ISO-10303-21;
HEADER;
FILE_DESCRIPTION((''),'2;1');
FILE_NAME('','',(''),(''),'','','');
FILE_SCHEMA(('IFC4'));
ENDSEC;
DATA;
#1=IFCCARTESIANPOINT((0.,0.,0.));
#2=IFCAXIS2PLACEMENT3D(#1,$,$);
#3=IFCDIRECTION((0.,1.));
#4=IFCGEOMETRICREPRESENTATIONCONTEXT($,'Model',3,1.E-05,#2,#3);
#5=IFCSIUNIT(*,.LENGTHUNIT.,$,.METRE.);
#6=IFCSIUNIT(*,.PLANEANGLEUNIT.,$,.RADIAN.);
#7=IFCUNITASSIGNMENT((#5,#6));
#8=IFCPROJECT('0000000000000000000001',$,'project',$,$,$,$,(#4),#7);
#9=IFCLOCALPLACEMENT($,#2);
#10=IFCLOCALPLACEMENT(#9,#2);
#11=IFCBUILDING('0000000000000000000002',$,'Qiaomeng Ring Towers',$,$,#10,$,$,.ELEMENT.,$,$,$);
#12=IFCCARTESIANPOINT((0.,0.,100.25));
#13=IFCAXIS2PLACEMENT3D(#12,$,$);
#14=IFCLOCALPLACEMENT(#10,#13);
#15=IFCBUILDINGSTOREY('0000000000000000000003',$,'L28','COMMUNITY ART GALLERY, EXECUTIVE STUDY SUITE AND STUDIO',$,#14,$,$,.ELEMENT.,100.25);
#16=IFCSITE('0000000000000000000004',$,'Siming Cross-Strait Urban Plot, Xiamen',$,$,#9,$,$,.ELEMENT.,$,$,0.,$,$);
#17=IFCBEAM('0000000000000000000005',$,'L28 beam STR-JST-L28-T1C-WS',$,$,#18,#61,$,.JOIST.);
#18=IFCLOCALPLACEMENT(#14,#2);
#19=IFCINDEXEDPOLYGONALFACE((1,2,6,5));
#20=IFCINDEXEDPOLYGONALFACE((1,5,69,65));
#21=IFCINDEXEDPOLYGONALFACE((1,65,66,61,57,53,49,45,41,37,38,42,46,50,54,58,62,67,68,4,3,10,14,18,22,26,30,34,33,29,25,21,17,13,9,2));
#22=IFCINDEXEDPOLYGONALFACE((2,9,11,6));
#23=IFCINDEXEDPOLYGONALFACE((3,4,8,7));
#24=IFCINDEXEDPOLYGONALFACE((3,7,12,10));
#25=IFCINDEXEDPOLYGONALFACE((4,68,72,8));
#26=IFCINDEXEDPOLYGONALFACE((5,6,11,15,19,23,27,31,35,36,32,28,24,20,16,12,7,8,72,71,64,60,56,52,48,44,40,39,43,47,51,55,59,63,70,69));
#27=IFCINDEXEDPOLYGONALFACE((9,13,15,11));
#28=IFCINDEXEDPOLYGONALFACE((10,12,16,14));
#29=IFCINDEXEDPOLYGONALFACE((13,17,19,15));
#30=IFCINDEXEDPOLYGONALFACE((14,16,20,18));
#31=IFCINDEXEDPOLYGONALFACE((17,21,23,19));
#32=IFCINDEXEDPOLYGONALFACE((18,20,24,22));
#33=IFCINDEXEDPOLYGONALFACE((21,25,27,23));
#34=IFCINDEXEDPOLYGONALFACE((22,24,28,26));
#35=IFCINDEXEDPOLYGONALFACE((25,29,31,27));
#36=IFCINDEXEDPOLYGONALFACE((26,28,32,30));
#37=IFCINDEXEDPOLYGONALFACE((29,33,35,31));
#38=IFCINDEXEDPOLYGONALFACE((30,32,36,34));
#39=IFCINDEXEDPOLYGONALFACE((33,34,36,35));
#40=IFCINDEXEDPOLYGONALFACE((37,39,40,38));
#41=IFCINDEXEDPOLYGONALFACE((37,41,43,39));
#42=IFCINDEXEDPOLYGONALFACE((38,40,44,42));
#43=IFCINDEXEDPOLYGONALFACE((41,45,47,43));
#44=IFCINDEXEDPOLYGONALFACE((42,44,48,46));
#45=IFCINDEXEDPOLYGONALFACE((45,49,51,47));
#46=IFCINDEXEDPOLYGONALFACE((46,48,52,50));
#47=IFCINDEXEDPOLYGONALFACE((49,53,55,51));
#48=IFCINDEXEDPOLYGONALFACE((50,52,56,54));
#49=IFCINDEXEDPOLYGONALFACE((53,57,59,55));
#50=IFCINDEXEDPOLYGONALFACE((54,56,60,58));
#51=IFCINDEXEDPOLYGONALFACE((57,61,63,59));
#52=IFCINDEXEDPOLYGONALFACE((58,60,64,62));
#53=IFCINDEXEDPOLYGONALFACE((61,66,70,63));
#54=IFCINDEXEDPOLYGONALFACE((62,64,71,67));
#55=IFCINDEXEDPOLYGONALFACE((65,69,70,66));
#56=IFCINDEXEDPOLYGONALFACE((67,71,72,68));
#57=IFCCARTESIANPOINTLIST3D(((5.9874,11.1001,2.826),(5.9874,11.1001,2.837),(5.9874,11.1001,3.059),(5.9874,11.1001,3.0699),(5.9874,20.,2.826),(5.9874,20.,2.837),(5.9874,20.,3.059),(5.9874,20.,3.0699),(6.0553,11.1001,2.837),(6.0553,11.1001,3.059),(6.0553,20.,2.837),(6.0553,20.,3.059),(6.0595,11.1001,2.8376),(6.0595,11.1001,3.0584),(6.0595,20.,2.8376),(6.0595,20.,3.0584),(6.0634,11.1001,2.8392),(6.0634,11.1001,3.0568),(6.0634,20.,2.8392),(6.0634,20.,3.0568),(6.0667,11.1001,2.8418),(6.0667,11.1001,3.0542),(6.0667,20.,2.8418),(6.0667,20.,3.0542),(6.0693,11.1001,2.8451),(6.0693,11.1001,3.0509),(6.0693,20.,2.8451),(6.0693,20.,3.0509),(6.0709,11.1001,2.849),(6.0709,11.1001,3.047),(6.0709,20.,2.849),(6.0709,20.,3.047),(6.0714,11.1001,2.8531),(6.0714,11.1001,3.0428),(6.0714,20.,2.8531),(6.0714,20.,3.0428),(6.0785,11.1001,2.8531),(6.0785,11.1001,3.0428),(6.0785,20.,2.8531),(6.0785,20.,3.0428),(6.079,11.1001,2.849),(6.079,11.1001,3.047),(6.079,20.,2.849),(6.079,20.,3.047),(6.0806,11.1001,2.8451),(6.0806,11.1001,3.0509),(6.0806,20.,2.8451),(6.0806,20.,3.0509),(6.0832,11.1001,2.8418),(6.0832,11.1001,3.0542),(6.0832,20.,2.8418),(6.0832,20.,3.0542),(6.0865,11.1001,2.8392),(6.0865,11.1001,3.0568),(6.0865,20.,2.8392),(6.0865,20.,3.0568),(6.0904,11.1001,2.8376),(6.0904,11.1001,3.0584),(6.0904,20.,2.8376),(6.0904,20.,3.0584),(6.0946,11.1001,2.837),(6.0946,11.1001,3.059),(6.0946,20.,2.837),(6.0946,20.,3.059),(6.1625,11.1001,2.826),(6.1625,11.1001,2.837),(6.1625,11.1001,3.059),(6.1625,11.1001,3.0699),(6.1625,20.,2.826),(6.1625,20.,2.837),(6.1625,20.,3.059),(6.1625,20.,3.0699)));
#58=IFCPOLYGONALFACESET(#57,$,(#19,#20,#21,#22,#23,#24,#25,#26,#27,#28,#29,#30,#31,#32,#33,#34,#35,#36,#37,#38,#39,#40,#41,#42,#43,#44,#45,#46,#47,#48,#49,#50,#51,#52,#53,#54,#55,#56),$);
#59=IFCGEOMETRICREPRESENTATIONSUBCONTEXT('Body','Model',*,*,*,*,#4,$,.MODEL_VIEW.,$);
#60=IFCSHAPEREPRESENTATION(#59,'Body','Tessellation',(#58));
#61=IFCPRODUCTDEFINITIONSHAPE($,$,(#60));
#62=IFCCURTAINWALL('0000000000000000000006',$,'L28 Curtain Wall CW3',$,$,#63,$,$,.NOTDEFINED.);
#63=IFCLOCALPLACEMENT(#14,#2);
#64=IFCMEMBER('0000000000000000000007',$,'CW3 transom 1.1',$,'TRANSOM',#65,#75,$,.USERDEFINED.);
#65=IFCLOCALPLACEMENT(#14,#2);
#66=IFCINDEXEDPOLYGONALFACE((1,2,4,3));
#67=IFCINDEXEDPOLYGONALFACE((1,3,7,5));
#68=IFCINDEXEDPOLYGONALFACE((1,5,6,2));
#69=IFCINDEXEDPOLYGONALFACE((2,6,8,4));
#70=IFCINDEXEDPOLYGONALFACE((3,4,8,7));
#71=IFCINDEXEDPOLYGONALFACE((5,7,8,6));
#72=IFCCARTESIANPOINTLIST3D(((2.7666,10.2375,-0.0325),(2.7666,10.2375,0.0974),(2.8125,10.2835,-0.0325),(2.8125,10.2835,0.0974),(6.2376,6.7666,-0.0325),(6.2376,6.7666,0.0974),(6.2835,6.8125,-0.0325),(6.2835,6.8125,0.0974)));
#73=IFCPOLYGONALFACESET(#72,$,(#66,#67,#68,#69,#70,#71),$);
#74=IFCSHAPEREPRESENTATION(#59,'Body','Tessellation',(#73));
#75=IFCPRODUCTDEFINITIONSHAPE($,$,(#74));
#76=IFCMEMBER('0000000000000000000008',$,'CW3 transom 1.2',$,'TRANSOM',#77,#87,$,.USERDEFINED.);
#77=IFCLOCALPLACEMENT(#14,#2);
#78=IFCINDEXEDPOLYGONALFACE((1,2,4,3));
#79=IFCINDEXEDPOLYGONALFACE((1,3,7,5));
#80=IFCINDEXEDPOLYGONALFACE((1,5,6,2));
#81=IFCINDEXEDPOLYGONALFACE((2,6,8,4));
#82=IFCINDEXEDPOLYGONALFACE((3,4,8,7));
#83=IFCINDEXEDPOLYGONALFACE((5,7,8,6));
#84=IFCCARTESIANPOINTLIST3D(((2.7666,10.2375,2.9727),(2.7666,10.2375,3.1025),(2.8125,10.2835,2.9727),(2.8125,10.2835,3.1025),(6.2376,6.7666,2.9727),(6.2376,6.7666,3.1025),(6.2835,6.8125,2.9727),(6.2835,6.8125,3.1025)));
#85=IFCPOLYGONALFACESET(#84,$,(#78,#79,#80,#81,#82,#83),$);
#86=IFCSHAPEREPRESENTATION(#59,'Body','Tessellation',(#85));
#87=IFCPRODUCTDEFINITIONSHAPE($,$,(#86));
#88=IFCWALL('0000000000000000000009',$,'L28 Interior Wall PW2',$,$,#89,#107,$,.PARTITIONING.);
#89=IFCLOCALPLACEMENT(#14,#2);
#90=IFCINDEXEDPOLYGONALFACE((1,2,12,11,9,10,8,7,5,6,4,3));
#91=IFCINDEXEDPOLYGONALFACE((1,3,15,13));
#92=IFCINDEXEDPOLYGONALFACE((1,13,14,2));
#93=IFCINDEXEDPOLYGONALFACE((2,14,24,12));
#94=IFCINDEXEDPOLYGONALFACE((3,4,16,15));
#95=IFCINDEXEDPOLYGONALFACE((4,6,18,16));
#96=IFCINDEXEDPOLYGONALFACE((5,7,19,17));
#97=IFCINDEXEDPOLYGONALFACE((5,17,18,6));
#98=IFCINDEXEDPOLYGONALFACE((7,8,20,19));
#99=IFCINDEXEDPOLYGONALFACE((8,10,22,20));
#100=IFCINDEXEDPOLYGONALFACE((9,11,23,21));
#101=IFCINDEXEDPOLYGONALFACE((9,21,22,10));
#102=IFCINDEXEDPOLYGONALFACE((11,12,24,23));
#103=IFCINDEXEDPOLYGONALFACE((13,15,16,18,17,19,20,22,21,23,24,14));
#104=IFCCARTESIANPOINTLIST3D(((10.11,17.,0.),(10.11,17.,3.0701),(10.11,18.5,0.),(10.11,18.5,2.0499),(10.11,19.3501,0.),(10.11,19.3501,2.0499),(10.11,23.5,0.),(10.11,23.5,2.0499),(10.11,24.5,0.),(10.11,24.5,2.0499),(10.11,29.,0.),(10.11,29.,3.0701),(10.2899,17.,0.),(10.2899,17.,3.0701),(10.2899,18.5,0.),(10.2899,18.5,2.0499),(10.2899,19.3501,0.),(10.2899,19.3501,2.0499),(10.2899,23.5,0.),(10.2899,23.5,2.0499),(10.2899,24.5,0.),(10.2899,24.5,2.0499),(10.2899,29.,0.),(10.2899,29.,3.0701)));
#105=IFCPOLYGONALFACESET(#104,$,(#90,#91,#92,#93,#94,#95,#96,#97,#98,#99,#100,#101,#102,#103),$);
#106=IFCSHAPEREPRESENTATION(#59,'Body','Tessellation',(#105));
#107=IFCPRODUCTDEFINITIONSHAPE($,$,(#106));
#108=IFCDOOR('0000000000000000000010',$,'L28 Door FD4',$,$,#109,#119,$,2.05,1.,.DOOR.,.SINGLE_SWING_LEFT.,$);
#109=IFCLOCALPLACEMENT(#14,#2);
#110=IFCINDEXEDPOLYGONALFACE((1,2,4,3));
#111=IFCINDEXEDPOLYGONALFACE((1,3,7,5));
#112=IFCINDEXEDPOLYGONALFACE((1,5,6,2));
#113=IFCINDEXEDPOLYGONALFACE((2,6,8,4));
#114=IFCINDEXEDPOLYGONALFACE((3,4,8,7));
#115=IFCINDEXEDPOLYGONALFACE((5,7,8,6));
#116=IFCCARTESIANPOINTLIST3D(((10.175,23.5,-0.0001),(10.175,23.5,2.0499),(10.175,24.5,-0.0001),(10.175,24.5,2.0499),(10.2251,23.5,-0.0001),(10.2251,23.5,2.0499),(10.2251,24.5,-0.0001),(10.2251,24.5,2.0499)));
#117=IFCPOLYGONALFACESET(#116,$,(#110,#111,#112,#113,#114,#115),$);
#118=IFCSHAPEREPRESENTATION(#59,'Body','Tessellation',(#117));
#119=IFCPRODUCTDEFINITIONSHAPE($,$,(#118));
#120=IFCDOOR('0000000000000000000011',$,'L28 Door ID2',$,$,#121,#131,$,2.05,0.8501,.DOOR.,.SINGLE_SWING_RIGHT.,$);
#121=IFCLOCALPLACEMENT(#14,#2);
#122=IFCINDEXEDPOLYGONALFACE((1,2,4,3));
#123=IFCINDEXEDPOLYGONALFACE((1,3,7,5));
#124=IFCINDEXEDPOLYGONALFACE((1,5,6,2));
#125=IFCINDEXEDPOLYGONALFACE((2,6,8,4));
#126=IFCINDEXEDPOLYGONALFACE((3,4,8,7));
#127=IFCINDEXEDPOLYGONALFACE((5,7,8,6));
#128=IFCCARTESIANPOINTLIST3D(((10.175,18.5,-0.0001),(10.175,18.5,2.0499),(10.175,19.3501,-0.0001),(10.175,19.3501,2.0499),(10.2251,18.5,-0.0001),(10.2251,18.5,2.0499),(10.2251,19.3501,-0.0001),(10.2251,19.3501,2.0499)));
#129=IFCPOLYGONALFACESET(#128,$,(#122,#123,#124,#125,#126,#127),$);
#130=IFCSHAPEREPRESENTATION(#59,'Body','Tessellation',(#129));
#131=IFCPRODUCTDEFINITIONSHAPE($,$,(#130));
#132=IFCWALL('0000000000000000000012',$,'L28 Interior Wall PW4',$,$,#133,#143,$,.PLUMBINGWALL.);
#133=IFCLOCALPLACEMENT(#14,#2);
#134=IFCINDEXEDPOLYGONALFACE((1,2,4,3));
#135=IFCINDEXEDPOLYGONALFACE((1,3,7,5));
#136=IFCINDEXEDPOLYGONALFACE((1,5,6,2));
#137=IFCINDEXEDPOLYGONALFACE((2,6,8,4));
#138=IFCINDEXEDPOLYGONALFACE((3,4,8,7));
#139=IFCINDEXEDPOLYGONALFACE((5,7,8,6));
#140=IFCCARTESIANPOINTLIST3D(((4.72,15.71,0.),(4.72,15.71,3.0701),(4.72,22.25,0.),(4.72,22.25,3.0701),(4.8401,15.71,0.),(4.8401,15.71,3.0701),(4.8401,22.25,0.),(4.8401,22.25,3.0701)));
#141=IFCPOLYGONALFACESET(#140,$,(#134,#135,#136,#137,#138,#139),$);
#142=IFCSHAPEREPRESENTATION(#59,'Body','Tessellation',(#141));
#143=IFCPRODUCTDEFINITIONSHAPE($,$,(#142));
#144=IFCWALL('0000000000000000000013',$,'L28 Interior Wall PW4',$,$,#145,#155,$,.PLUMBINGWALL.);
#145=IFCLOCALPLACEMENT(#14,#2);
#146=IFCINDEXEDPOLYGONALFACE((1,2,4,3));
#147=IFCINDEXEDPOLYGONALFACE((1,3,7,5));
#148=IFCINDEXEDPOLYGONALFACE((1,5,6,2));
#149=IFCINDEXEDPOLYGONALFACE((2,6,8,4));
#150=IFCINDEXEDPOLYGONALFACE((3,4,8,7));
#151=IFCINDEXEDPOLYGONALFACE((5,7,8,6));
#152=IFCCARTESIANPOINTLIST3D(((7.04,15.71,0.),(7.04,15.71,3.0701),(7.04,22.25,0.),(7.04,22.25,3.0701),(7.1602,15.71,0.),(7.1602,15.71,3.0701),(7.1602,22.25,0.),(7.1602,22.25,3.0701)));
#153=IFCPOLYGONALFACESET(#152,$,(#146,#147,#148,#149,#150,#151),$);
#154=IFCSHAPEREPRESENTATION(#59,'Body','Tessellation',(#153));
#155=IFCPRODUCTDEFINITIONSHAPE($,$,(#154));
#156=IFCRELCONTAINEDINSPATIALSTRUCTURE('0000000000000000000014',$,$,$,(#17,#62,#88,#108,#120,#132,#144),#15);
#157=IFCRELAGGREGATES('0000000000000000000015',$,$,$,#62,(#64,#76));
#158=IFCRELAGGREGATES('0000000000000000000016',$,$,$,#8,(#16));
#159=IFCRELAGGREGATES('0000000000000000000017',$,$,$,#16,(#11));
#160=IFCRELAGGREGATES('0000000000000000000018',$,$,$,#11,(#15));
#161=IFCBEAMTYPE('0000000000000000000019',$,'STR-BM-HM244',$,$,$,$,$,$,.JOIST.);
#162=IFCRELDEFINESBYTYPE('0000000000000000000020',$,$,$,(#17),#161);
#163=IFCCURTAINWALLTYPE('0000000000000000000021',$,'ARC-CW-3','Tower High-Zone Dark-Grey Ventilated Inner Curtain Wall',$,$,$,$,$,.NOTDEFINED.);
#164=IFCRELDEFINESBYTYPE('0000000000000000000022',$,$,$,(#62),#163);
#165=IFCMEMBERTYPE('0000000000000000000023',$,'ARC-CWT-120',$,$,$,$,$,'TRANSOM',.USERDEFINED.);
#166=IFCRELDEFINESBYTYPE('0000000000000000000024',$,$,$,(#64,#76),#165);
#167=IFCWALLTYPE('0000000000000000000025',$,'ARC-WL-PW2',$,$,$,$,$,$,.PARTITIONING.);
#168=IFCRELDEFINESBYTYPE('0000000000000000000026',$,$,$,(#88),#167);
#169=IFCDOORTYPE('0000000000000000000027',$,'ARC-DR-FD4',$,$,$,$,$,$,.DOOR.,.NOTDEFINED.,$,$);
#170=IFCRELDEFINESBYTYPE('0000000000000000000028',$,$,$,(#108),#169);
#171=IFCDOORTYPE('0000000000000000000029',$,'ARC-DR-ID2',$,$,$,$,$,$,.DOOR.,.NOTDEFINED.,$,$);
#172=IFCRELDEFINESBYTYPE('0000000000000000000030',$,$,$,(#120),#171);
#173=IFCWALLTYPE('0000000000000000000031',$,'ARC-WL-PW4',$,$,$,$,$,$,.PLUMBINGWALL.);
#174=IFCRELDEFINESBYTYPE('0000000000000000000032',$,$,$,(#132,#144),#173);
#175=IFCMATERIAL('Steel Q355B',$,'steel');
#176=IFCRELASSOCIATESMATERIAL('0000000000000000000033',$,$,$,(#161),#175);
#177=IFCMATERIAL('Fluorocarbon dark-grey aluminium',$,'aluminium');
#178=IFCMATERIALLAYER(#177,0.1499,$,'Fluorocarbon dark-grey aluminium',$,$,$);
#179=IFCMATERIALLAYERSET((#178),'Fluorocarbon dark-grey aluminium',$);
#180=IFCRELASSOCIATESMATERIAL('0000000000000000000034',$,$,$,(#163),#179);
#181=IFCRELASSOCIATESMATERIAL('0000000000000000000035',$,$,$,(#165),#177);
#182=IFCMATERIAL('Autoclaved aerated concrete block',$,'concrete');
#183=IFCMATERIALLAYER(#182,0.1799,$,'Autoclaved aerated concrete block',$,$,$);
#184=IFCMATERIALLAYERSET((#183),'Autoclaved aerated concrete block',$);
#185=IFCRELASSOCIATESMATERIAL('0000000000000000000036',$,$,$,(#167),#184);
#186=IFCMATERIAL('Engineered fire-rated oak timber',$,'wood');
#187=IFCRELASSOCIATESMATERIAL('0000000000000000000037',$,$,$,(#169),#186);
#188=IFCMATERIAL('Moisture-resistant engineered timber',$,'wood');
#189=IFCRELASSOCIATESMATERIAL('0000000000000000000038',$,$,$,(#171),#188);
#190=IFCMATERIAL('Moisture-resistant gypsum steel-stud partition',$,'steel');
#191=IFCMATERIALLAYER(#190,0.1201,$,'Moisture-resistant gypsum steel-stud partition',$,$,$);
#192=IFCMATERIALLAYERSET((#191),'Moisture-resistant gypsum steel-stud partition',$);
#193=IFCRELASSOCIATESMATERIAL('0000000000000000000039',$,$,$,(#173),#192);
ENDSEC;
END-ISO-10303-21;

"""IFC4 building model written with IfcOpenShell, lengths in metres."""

from ifc_helpers import new_model, si_unit, direction, frame, frame_2d, origin, origin_2d, place, context, subcontext, project, spatial, rectangle, i_section, extrude, source, transform, mapped, material, layer, layer_set, material_profile, profile_set, type_object, element, fill, aggregate, save


model = new_model("IFC4")

# Units and contexts
model_context = context("Model", 3, precision=1e-05, world=origin(), true_north=direction((0.0, 1.0)))
body_context = subcontext(model_context, "Body", "Model", "MODEL_VIEW")
ifc_project = project(units=[si_unit("LENGTHUNIT", "METRE"), si_unit("PLANEANGLEUNIT", "RADIAN")], contexts=[model_context])

# Site, building, storey
site_placement = place(None, origin())
site = spatial("IfcSite", under=ifc_project, at=site_placement, Name="Siming Cross-Strait Urban Plot, Xiamen", CompositionType="ELEMENT", RefElevation=0.0)
building_placement = place(site_placement, origin())
building = spatial("IfcBuilding", under=site, at=building_placement, Name="Qiaomeng Ring Towers", CompositionType="ELEMENT")
storey_placement = place(building_placement, frame((0.0, 0.0, 100.25)))
storey = spatial("IfcBuildingStorey", under=building, at=storey_placement, Name="L28", Description="COMMUNITY ART GALLERY, EXECUTIVE STUDY SUITE AND STUDIO", CompositionType="ELEMENT", Elevation=100.25)

# Beam
ifc_material_1 = material(Name="Steel Q355B", Category="steel")
ifc_material_profile_1 = material_profile(ifc_material_1, i_section(OverallWidth=0.175, OverallDepth=0.2439, WebThickness=0.0071, FlangeThickness=0.011, FilletRadius=0.0161, at=origin_2d()), Name="HM 244x175x7x11")
ifc_profile_set_1 = profile_set([ifc_material_profile_1], Name="Steel Q355B")
beam_type = type_object("IfcBeamType", Name="STR-BM-HM244", PredefinedType="JOIST", material=ifc_profile_set_1)
shared_shape_1 = source(origin(), body_context, "Body", "SweptSolid", [
    extrude(i_section(OverallWidth=0.175, OverallDepth=0.2439, WebThickness=0.0071, FlangeThickness=0.011, FilletRadius=0.0161, at=origin_2d()), origin(), (0.0, 0.0, 1.0), 8.8999),
])
beam_placement = place(storey_placement, frame((6.075, 11.1001, 2.948), z_axis=(0.0, 1.0, 0.0), x_axis=(-1.0, 0.0, 0.0)))
element("IfcBeam", 1, at=beam_placement, inside=storey, type_object=beam_type, Name="L28 beam STR-JST-L28-T1C-WS", PredefinedType="JOIST", context=body_context, shape_type="MappedRepresentation", body=[
    mapped(shared_shape_1, transform((0.0, 0.0, 0.0), x_axis=(1.0, 0.0, 0.0), y_axis=(0.0, 1.0, 0.0), z_axis=(0.0, 0.0, 1.0), scale=1.0)),
])

# Curtain wall, members
ifc_material_2 = material(Name="Fluorocarbon dark-grey aluminium", Category="aluminium")
ifc_layer_1 = layer(ifc_material_2, 0.1499, Name="Fluorocarbon dark-grey aluminium")
ifc_layer_set_1 = layer_set([ifc_layer_1], Name="Fluorocarbon dark-grey aluminium")
curtain_wall_type = type_object("IfcCurtainWallType", Name="ARC-CW-3", Description="Tower High-Zone Dark-Grey Ventilated Inner Curtain Wall", PredefinedType="NOTDEFINED", material=ifc_layer_set_1)
curtain_wall_placement = place(storey_placement, origin())
curtain_wall = element("IfcCurtainWall", 2, at=curtain_wall_placement, inside=storey, type_object=curtain_wall_type, Name="L28 Curtain Wall CW3", PredefinedType="NOTDEFINED")
ifc_material_profile_2 = material_profile(ifc_material_2, rectangle(XDim=0.0649, YDim=0.1299, at=origin_2d()), Name="ALU TRAN 65x130")
ifc_profile_set_2 = profile_set([ifc_material_profile_2], Name="Fluorocarbon dark-grey aluminium")
member_type = type_object("IfcMemberType", Name="ARC-CWT-120", ElementType="TRANSOM", PredefinedType="USERDEFINED", material=ifc_profile_set_2)
shared_shape_2 = source(origin(), body_context, "Body", "SweptSolid", [
    extrude(rectangle(XDim=0.0649, YDim=0.1299, at=origin_2d()), origin(), (0.0, 0.0, 1.0), 4.9087),
])
member_1_placement = place(storey_placement, frame((2.7896, 10.2605, 0.0325), z_axis=(0.707107, -0.707107, 0.0), x_axis=(0.707107, 0.707107, 0.0)))
member_1 = element("IfcMember", 3, at=member_1_placement, type_object=member_type, Name="CW3 transom 1.1", ObjectType="TRANSOM", PredefinedType="USERDEFINED", context=body_context, shape_type="MappedRepresentation", body=[
    mapped(shared_shape_2, transform((0.0, 0.0, 0.0), x_axis=(1.0, 0.0, 0.0), y_axis=(0.0, 1.0, 0.0), z_axis=(0.0, 0.0, 1.0), scale=1.0)),
])
member_2_placement = place(storey_placement, frame((2.7896, 10.2605, 3.0376), z_axis=(0.707107, -0.707107, 0.0), x_axis=(0.707107, 0.707107, 0.0)))
member_2 = element("IfcMember", 4, at=member_2_placement, type_object=member_type, Name="CW3 transom 1.2", ObjectType="TRANSOM", PredefinedType="USERDEFINED", context=body_context, shape_type="MappedRepresentation", body=[
    mapped(shared_shape_2, transform((0.0, 0.0, 0.0), x_axis=(1.0, 0.0, 0.0), y_axis=(0.0, 1.0, 0.0), z_axis=(0.0, 0.0, 1.0), scale=1.0)),
])
aggregate(curtain_wall, [member_1, member_2])

# Wall, openings, doors
ifc_material_3 = material(Name="Autoclaved aerated concrete block", Category="concrete")
ifc_layer_2 = layer(ifc_material_3, 0.1799, Name="Autoclaved aerated concrete block")
ifc_layer_set_2 = layer_set([ifc_layer_2], Name="Autoclaved aerated concrete block")
wall_type_1 = type_object("IfcWallType", Name="ARC-WL-PW2", PredefinedType="PARTITIONING", material=ifc_layer_set_2)
wall_1_placement = place(storey_placement, frame((10.2, 17.0, 0.0), z_axis=(0.0, 0.0, 1.0), x_axis=(0.0, 1.0, 0.0)))
wall_1 = element("IfcWall", 5, at=wall_1_placement, inside=storey, type_object=wall_type_1, Name="L28 Interior Wall PW2", PredefinedType="PARTITIONING", context=body_context, shape_type="SweptSolid", body=[
    extrude(rectangle(XDim=12.0, YDim=0.1799, at=frame_2d((6.0, 0.0))), origin(), (0.0, 0.0, 1.0), 3.0701),
])
opening_1_placement = place(wall_1_placement, frame((1.5, 0.0, 0.0)))
opening_1 = element("IfcOpeningElement", 6, at=opening_1_placement, cuts=wall_1, PredefinedType="OPENING", context=body_context, shape_type="SweptSolid", body=[
    extrude(rectangle(XDim=0.8501, YDim=2.05, at=frame_2d((0.425, 1.0249))), frame((0.0, 0.0999, 0.0), z_axis=(0.0, -1.0, 0.0), x_axis=(1.0, 0.0, 0.0)), (0.0, 0.0, 1.0), 0.2),
])
opening_2_placement = place(wall_1_placement, frame((6.5, 0.0, 0.0)))
opening_2 = element("IfcOpeningElement", 7, at=opening_2_placement, cuts=wall_1, PredefinedType="OPENING", context=body_context, shape_type="SweptSolid", body=[
    extrude(rectangle(XDim=1.0, YDim=2.05, at=frame_2d((0.5, 1.0249))), frame((0.0, 0.0999, 0.0), z_axis=(0.0, -1.0, 0.0), x_axis=(1.0, 0.0, 0.0)), (0.0, 0.0, 1.0), 0.2),
])
ifc_material_4 = material(Name="Engineered fire-rated oak timber", Category="wood")
door_type_1 = type_object("IfcDoorType", Name="ARC-DR-FD4", OperationType="NOTDEFINED", PredefinedType="DOOR", material=ifc_material_4)
shared_shape_3 = source(origin(), body_context, "Body", "SweptSolid", [
    extrude(rectangle(XDim=1.0, YDim=2.05, at=frame_2d((0.5, 1.0249))), frame((0.0, 0.0249, 0.0), z_axis=(0.0, -1.0, 0.0), x_axis=(1.0, 0.0, 0.0)), (0.0, 0.0, 1.0), 0.05),
])
door_1_placement = place(opening_2_placement, origin())
door_1 = element("IfcDoor", 8, at=door_1_placement, inside=storey, type_object=door_type_1, Name="L28 Door FD4", OperationType="SINGLE_SWING_LEFT", OverallHeight=2.05, OverallWidth=1.0, PredefinedType="DOOR", context=body_context, shape_type="MappedRepresentation", body=[
    mapped(shared_shape_3, transform((0.0, 0.0, 0.0), x_axis=(1.0, 0.0, 0.0), y_axis=(0.0, 1.0, 0.0), z_axis=(0.0, 0.0, 1.0), scale=1.0)),
])
fill(opening_2, door_1)
ifc_material_5 = material(Name="Moisture-resistant engineered timber", Category="wood")
door_type_2 = type_object("IfcDoorType", Name="ARC-DR-ID2", OperationType="NOTDEFINED", PredefinedType="DOOR", material=ifc_material_5)
shared_shape_4 = source(origin(), body_context, "Body", "SweptSolid", [
    extrude(rectangle(XDim=0.8501, YDim=2.05, at=frame_2d((0.425, 1.0249))), frame((0.0, 0.0249, 0.0), z_axis=(0.0, -1.0, 0.0), x_axis=(1.0, 0.0, 0.0)), (0.0, 0.0, 1.0), 0.05),
])
door_2_placement = place(opening_1_placement, origin())
door_2 = element("IfcDoor", 9, at=door_2_placement, inside=storey, type_object=door_type_2, Name="L28 Door ID2", OperationType="SINGLE_SWING_RIGHT", OverallHeight=2.05, OverallWidth=0.8501, PredefinedType="DOOR", context=body_context, shape_type="MappedRepresentation", body=[
    mapped(shared_shape_4, transform((0.0, 0.0, 0.0), x_axis=(1.0, 0.0, 0.0), y_axis=(0.0, 1.0, 0.0), z_axis=(0.0, 0.0, 1.0), scale=1.0)),
])
fill(opening_1, door_2)

# Walls
ifc_material_6 = material(Name="Moisture-resistant gypsum steel-stud partition", Category="steel")
ifc_layer_3 = layer(ifc_material_6, 0.1201, Name="Moisture-resistant gypsum steel-stud partition")
ifc_layer_set_3 = layer_set([ifc_layer_3], Name="Moisture-resistant gypsum steel-stud partition")
wall_type_2 = type_object("IfcWallType", Name="ARC-WL-PW4", PredefinedType="PLUMBINGWALL", material=ifc_layer_set_3)
for number, where, z_axis, x_axis, name in (
    (10, (4.78, 15.71, 0.0), (0.0, 0.0, 1.0), (0.0, 1.0, 0.0), "L28 Interior Wall PW4"),
    (11, (7.1001, 15.71, 0.0), (0.0, 0.0, 1.0), (0.0, 1.0, 0.0), "L28 Interior Wall PW4"),
):
    element("IfcWall", number, at=place(storey_placement, frame(where, z_axis=z_axis, x_axis=x_axis)), inside=storey, type_object=wall_type_2, Name=name, PredefinedType="PLUMBINGWALL", context=body_context, shape_type="SweptSolid", body=[
        extrude(rectangle(XDim=6.54, YDim=0.1201, at=frame_2d((3.27, 0.0))), origin(), (0.0, 0.0, 1.0), 3.0701),
    ])

save(model, "model.ifc")
